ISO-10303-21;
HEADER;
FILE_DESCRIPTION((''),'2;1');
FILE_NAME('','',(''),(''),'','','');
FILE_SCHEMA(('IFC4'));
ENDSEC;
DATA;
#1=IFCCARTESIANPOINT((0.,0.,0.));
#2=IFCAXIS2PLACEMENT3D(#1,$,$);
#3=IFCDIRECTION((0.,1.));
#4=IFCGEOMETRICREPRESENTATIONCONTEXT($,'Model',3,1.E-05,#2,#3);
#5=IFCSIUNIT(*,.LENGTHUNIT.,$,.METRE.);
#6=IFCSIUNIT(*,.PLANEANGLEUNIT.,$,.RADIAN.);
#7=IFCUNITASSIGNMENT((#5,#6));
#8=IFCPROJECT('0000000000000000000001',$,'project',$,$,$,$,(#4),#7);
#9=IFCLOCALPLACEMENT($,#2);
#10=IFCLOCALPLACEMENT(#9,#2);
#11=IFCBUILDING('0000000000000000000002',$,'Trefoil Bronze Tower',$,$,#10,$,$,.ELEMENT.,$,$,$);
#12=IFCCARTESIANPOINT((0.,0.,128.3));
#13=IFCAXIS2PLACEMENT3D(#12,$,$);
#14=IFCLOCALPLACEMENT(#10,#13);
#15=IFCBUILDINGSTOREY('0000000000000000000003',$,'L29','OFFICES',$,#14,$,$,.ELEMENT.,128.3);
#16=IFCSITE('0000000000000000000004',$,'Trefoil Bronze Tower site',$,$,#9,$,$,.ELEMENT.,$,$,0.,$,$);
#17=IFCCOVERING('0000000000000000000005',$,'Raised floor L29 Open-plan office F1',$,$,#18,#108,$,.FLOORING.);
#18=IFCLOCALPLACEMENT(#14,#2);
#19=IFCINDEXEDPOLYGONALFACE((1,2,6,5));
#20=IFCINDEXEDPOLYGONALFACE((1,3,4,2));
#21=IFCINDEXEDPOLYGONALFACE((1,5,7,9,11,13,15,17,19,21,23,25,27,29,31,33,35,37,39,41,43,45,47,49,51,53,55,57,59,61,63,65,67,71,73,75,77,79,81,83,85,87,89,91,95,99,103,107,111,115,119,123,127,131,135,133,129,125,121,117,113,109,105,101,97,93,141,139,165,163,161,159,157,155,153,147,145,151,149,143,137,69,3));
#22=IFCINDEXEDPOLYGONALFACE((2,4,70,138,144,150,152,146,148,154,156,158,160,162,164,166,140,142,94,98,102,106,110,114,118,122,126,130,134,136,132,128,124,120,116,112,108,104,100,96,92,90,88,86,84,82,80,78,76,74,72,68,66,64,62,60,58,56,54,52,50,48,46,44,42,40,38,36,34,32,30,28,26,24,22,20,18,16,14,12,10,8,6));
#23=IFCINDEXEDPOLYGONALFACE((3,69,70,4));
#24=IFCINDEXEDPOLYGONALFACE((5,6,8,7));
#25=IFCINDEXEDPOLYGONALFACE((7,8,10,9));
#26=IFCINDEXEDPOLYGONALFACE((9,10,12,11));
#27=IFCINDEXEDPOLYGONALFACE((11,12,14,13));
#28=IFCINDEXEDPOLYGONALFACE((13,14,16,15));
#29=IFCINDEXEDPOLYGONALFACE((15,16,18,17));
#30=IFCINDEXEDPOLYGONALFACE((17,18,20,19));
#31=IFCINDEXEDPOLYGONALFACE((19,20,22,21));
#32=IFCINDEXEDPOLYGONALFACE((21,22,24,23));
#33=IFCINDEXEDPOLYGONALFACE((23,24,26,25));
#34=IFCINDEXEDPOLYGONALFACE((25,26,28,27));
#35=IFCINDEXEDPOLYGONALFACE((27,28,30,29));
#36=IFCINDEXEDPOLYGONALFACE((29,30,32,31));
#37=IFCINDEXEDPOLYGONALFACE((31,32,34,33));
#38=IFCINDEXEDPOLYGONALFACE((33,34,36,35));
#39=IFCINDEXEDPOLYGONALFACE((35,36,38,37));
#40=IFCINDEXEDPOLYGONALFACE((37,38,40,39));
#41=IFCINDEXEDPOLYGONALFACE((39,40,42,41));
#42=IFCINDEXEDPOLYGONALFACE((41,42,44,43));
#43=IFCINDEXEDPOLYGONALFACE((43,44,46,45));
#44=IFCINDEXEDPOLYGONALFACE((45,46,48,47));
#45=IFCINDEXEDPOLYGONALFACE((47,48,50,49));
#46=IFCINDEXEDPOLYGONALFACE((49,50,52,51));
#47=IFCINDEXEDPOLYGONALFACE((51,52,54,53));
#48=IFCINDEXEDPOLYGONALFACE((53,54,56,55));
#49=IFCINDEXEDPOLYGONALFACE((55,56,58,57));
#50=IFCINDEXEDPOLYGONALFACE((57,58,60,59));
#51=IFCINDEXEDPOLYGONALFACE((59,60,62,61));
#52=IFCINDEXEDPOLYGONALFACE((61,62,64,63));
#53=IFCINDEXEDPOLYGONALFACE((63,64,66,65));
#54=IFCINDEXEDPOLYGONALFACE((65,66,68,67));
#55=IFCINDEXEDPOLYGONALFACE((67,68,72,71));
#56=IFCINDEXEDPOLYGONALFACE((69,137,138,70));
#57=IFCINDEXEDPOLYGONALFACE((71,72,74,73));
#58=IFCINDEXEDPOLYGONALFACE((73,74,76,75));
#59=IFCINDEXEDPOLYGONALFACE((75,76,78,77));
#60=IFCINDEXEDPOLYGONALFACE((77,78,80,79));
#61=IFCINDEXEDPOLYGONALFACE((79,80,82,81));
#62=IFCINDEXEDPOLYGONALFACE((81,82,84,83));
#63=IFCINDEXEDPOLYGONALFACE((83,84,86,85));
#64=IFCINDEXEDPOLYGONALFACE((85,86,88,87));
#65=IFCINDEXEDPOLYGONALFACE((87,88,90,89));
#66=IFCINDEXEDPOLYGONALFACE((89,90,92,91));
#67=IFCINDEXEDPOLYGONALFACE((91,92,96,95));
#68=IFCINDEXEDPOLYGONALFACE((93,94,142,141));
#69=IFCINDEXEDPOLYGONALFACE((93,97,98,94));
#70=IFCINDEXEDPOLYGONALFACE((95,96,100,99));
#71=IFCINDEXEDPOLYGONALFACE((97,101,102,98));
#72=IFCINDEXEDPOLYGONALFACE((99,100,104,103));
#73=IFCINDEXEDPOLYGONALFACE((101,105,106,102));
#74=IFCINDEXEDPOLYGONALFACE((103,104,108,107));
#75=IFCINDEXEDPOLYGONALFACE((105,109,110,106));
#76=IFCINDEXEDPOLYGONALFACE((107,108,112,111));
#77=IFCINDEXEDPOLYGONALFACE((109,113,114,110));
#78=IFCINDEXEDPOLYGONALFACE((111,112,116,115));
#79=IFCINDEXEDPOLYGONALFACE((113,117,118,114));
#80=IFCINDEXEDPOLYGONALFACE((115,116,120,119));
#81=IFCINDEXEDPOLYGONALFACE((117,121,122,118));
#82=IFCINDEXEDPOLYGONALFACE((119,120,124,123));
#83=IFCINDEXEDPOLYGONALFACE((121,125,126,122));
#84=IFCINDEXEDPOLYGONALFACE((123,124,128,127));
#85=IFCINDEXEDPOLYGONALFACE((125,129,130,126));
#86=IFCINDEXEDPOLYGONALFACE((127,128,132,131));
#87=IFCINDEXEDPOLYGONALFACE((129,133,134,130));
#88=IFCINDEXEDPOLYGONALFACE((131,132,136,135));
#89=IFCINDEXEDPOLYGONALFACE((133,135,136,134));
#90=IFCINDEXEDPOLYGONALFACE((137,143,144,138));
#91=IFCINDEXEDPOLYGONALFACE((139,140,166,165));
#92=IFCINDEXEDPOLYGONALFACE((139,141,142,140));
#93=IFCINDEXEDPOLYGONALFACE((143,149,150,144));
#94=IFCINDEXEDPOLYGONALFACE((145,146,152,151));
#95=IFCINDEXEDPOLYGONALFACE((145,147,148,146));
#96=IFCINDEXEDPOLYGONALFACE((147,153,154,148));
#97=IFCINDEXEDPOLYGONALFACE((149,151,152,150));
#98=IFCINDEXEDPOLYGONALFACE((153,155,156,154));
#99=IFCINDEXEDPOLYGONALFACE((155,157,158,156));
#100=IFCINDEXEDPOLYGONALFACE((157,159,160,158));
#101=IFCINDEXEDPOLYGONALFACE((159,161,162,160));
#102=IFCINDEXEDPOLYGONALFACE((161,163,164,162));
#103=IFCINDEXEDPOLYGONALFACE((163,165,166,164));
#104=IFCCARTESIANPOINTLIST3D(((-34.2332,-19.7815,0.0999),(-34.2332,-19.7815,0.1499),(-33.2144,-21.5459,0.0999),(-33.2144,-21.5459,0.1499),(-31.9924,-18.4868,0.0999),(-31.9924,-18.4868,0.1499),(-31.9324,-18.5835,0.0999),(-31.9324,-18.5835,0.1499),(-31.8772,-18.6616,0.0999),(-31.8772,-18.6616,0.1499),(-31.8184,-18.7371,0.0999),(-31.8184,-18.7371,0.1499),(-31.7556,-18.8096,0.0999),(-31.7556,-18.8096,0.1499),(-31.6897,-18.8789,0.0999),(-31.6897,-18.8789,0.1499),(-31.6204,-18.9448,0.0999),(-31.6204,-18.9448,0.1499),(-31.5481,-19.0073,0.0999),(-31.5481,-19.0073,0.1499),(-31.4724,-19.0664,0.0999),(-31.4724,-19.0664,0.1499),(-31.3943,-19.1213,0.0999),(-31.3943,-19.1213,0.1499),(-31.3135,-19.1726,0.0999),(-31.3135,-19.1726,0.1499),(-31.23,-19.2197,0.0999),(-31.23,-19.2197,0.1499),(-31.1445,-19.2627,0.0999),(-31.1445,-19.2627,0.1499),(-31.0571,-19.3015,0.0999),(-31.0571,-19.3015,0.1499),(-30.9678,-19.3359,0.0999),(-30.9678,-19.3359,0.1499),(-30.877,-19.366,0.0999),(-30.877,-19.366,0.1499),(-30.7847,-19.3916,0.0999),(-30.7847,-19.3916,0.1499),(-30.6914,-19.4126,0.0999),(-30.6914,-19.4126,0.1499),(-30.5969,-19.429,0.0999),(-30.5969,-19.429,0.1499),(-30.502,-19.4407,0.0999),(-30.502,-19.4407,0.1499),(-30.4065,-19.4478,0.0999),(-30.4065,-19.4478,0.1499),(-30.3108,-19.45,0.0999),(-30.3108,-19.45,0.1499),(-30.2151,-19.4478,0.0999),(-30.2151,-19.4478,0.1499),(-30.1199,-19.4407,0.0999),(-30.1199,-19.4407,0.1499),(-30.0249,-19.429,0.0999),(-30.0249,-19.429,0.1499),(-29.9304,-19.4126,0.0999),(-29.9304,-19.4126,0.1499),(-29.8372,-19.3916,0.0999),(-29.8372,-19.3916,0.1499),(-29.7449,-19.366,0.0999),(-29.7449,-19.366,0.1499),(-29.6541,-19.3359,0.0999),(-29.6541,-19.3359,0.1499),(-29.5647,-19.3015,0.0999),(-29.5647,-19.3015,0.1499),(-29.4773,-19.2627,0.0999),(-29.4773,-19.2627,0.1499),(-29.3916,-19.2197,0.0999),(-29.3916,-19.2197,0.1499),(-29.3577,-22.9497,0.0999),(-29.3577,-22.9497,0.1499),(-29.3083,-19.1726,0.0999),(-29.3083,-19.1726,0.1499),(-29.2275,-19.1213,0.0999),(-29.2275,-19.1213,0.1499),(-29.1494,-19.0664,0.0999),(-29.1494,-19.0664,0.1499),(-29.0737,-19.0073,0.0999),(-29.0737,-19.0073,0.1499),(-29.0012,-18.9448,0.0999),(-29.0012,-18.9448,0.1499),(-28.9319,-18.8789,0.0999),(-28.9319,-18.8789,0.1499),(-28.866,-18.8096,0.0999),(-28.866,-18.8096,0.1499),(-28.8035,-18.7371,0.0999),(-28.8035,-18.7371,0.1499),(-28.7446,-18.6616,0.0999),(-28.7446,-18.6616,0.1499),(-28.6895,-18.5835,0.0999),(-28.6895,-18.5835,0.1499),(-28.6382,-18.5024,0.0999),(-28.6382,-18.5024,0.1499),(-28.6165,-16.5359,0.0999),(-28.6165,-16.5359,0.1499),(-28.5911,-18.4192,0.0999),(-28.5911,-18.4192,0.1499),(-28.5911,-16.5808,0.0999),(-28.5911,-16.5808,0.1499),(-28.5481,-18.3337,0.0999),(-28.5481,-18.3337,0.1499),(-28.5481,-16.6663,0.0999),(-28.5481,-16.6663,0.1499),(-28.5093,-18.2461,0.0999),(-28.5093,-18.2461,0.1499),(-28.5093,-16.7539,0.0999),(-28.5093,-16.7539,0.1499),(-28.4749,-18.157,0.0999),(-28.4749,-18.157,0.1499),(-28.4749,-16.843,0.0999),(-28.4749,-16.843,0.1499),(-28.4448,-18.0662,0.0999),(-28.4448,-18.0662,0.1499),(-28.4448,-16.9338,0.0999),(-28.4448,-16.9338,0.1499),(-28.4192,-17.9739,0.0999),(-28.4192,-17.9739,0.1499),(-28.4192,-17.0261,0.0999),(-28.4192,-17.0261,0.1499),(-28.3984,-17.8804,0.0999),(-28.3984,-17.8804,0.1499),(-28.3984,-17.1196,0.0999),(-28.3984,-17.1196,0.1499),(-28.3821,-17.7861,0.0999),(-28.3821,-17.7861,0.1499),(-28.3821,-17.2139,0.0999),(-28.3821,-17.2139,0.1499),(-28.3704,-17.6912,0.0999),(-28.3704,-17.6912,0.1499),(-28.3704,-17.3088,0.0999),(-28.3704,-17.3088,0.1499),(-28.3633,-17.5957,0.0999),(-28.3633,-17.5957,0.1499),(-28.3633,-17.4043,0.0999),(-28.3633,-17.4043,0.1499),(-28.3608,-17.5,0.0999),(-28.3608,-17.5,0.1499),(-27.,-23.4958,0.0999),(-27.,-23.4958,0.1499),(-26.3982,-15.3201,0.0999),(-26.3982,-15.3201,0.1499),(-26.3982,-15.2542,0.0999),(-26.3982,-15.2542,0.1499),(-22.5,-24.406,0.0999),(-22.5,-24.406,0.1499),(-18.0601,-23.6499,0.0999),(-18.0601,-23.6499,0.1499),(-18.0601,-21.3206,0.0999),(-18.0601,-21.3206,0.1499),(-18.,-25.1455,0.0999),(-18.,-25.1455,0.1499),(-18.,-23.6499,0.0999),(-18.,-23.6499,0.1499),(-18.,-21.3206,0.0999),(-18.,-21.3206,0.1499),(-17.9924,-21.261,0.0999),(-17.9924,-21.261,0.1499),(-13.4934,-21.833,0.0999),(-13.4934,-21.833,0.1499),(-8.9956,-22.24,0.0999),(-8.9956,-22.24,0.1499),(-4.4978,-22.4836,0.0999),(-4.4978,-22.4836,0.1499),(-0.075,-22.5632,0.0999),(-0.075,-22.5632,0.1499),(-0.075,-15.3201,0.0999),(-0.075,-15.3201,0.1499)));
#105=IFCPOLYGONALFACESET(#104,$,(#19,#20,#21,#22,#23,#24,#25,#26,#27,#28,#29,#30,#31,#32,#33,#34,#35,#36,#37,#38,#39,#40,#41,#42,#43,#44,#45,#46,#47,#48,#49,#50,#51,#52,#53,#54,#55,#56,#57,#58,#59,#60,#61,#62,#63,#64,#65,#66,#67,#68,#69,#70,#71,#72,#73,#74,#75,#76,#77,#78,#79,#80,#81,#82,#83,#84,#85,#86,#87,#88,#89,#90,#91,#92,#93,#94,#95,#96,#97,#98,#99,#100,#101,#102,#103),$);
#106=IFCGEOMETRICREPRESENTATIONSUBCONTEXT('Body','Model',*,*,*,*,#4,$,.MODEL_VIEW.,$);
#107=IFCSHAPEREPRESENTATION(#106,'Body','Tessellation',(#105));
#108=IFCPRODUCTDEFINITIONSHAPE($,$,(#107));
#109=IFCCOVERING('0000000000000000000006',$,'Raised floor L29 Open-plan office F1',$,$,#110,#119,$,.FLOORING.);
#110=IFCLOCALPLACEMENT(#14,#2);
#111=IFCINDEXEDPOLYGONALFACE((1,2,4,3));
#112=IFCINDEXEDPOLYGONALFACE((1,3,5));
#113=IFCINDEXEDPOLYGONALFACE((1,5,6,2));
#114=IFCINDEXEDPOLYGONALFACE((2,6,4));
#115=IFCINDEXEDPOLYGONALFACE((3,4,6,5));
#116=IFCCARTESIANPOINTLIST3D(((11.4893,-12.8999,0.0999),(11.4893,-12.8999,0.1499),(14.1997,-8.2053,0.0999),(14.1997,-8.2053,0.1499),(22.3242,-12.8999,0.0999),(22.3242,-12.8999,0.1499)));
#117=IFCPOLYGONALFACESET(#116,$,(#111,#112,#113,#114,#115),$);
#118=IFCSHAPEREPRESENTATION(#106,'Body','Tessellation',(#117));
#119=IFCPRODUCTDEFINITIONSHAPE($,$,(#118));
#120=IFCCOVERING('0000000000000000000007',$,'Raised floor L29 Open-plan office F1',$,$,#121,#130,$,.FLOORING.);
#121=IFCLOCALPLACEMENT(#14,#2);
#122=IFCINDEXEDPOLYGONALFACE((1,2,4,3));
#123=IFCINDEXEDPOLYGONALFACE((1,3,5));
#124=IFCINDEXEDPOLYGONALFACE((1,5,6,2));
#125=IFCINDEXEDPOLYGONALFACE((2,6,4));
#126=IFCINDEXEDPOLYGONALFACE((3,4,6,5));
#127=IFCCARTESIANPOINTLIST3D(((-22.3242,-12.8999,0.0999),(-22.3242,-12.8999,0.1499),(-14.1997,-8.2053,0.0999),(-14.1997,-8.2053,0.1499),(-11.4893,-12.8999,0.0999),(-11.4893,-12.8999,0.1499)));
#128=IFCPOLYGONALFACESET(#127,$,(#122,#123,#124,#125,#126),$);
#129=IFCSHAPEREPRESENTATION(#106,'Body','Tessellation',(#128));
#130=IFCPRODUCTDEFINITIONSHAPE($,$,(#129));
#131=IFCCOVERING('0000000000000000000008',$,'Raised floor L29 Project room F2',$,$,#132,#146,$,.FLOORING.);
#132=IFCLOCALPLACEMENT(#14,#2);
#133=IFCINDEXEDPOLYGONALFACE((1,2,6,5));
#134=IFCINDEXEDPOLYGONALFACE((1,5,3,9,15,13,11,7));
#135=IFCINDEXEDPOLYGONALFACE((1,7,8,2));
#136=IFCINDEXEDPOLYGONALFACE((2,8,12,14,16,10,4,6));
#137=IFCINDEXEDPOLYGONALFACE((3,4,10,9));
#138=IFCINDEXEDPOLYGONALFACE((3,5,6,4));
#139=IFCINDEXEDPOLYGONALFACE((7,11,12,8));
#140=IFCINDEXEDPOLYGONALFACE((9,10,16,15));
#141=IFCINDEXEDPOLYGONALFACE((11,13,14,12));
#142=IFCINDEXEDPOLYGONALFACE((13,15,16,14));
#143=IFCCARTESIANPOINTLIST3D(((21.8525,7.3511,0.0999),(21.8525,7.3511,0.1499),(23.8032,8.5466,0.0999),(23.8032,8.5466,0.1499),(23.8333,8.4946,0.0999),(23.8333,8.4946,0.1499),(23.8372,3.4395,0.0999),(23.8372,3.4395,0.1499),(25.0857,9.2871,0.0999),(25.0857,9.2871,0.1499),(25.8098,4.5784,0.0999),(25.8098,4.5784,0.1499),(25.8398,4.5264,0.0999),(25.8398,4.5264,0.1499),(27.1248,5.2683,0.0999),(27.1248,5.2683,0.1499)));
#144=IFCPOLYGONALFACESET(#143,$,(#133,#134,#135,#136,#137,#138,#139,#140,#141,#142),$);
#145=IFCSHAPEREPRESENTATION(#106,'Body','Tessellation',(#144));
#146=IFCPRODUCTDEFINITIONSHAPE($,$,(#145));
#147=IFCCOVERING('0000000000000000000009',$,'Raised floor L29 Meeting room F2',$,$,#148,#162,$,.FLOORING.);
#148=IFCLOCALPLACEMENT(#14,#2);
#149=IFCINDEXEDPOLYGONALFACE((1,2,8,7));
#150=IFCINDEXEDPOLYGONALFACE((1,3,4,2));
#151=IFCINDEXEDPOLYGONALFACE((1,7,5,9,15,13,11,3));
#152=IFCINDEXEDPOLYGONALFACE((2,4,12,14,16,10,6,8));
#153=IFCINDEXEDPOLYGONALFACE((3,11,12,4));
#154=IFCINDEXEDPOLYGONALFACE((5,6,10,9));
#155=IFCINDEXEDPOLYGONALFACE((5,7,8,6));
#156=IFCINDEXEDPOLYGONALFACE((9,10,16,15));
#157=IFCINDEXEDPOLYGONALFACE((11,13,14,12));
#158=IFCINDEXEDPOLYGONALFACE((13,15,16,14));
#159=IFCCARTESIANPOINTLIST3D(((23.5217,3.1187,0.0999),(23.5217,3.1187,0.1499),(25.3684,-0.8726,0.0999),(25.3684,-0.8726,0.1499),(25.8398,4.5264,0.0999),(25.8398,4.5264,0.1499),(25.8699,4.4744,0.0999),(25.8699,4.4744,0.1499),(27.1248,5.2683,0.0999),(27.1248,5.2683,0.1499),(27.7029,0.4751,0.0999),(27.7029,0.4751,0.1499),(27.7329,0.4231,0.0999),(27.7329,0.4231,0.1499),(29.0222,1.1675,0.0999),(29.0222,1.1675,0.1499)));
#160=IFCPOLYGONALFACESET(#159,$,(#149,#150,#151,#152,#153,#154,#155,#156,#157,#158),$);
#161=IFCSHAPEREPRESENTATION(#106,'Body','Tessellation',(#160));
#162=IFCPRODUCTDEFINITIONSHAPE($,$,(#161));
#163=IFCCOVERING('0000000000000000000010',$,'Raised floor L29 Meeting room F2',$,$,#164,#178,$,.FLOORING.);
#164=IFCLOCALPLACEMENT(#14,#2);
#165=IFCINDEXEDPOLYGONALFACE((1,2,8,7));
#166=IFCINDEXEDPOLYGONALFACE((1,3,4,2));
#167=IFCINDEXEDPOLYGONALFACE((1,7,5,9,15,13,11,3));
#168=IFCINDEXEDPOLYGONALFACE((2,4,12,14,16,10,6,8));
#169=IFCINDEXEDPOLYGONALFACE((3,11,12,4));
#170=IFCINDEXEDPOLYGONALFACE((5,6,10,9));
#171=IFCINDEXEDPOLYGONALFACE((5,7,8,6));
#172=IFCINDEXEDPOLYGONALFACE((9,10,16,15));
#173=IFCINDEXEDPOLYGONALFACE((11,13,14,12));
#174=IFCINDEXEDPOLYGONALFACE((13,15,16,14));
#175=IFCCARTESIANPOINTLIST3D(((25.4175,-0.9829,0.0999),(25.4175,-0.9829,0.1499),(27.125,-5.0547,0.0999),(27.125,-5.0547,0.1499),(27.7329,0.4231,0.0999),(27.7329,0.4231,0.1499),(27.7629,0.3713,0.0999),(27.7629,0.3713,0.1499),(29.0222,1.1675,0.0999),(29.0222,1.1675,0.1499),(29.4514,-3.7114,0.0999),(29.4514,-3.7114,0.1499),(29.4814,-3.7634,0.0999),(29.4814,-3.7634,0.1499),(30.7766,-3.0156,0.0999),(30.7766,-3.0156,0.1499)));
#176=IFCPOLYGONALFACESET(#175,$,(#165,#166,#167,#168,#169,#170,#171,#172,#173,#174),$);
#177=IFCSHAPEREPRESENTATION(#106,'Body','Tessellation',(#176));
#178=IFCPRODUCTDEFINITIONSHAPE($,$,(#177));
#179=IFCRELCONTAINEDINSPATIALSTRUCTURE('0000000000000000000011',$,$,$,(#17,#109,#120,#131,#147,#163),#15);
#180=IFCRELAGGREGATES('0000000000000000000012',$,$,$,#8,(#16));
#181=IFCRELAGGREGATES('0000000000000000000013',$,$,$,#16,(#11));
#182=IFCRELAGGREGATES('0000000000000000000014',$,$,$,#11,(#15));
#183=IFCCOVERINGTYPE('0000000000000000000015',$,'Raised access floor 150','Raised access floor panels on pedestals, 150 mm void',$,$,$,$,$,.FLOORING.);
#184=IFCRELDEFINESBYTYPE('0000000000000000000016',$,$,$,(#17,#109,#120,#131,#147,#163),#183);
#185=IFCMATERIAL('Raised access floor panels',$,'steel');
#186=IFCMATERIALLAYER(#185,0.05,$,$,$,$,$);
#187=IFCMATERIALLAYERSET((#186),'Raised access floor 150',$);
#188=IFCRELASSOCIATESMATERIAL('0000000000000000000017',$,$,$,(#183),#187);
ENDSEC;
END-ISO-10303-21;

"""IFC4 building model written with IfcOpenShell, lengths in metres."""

from ifc_helpers import new_model, si_unit, direction, frame, origin, place, context, subcontext, project, spatial, polyline, outline, extrude, material, layer, layer_set, type_object, element, save


model = new_model("IFC4")

# Units and contexts
model_context = context("Model", 3, precision=1e-05, world=origin(), true_north=direction((0.0, 1.0)))
body_context = subcontext(model_context, "Body", "Model", "MODEL_VIEW")
ifc_project = project(units=[si_unit("LENGTHUNIT", "METRE"), si_unit("PLANEANGLEUNIT", "RADIAN")], contexts=[model_context])

# Site, building, storey
site_placement = place(None, origin())
site = spatial("IfcSite", under=ifc_project, at=site_placement, Name="Trefoil Bronze Tower site", CompositionType="ELEMENT", RefElevation=0.0)
building_placement = place(site_placement, origin())
building = spatial("IfcBuilding", under=site, at=building_placement, Name="Trefoil Bronze Tower", CompositionType="ELEMENT")
storey_placement = place(building_placement, frame((0.0, 0.0, 128.3)))
storey = spatial("IfcBuildingStorey", under=building, at=storey_placement, Name="L29", Description="OFFICES", CompositionType="ELEMENT", Elevation=128.3)

# Coverings
ifc_material_1 = material(Name="Raised access floor panels", Category="steel")
ifc_layer_1 = layer(ifc_material_1, 0.05)
ifc_layer_set_1 = layer_set([ifc_layer_1], Name="Raised access floor 150")
covering_type_1 = type_object("IfcCoveringType", Name="Raised access floor 150", Description="Raised access floor panels on pedestals, 150 mm void", PredefinedType="FLOORING", material=ifc_layer_set_1)
covering_1_placement = place(storey_placement, frame((0.0, 0.0, 0.0999)))
element("IfcCovering", 1, at=covering_1_placement, inside=storey, type_object=covering_type_1, Name="Raised floor L29 Open-plan office F1", PredefinedType="FLOORING", context=body_context, shape_type="SweptSolid", body=[
    extrude(outline(polyline([(-28.5093, -16.7539), (-28.5481, -16.6663), (-28.5911, -16.5808), (-28.6165, -16.5359), (-26.3982, -15.2542), (-26.3982, -15.3201), (-0.075, -15.3201), (-0.075, -22.5632), (-4.4978, -22.4836), (-8.9956, -22.24), (-13.4934, -21.833), (-17.9924, -21.261), (-18.0, -21.3206), (-18.0601, -21.3206), (-18.0601, -23.6499), (-18.0, -23.6499), (-18.0, -25.1455), (-22.5, -24.406), (-27.0, -23.4958), (-29.3577, -22.9497), (-33.2144, -21.5459), (-34.2332, -19.7815), (-31.9924, -18.4868), (-31.9324, -18.5835), (-31.8772, -18.6616), (-31.8184, -18.7371), (-31.7556, -18.8096), (-31.6897, -18.8789), (-31.6204, -18.9448), (-31.5481, -19.0073), (-31.4724, -19.0664), (-31.3943, -19.1213), (-31.3135, -19.1726), (-31.23, -19.2197), (-31.1445, -19.2627), (-31.0571, -19.3015), (-30.9678, -19.3359), (-30.877, -19.366), (-30.7847, -19.3916), (-30.6914, -19.4126), (-30.5969, -19.429), (-30.502, -19.4407), (-30.4065, -19.4478), (-30.3108, -19.45), (-30.2151, -19.4478), (-30.1199, -19.4407), (-30.0249, -19.429), (-29.9304, -19.4126), (-29.8372, -19.3916), (-29.7449, -19.366), (-29.6541, -19.3359), (-29.5647, -19.3015), (-29.4773, -19.2627), (-29.3916, -19.2197), (-29.3083, -19.1726), (-29.2275, -19.1213), (-29.1494, -19.0664), (-29.0737, -19.0073), (-29.0012, -18.9448), (-28.9319, -18.8789), (-28.866, -18.8096), (-28.8035, -18.7371), (-28.7446, -18.6616), (-28.6895, -18.5835), (-28.6382, -18.5024), (-28.5911, -18.4192), (-28.5481, -18.3337), (-28.5093, -18.2461), (-28.4749, -18.157), (-28.4448, -18.0662), (-28.4192, -17.9739), (-28.3984, -17.8804), (-28.3821, -17.7861), (-28.3704, -17.6912), (-28.3633, -17.5957), (-28.3608, -17.5), (-28.3633, -17.4043), (-28.3704, -17.3088), (-28.3821, -17.2139), (-28.3984, -17.1196), (-28.4192, -17.0261), (-28.4448, -16.9338), (-28.4749, -16.843), (-28.5093, -16.7539)])), origin(), (0.0, 0.0, 1.0), 0.05),
])
covering_2_placement = place(storey_placement, frame((0.0, 0.0, 0.0999)))
element("IfcCovering", 2, at=covering_2_placement, inside=storey, type_object=covering_type_1, Name="Raised floor L29 Open-plan office F1", PredefinedType="FLOORING", context=body_context, shape_type="SweptSolid", body=[
    extrude(outline(polyline([(11.4893, -12.8999), (14.1997, -8.2053), (22.3242, -12.8999), (11.4893, -12.8999)])), origin(), (0.0, 0.0, 1.0), 0.05),
])
covering_3_placement = place(storey_placement, frame((0.0, 0.0, 0.0999)))
element("IfcCovering", 3, at=covering_3_placement, inside=storey, type_object=covering_type_1, Name="Raised floor L29 Open-plan office F1", PredefinedType="FLOORING", context=body_context, shape_type="SweptSolid", body=[
    extrude(outline(polyline([(-22.3242, -12.8999), (-14.1997, -8.2053), (-11.4893, -12.8999), (-22.3242, -12.8999)])), origin(), (0.0, 0.0, 1.0), 0.05),
])
covering_4_placement = place(storey_placement, frame((0.0, 0.0, 0.0999)))
element("IfcCovering", 4, at=covering_4_placement, inside=storey, type_object=covering_type_1, Name="Raised floor L29 Project room F2", PredefinedType="FLOORING", context=body_context, shape_type="SweptSolid", body=[
    extrude(outline(polyline([(25.0857, 9.2871), (27.1248, 5.2683), (25.8398, 4.5264), (25.8098, 4.5784), (23.8372, 3.4395), (21.8525, 7.3511), (23.8333, 8.4946), (23.8032, 8.5466), (25.0857, 9.2871)])), origin(), (0.0, 0.0, 1.0), 0.05),
])
covering_5_placement = place(storey_placement, frame((0.0, 0.0, 0.0999)))
element("IfcCovering", 5, at=covering_5_placement, inside=storey, type_object=covering_type_1, Name="Raised floor L29 Meeting room F2", PredefinedType="FLOORING", context=body_context, shape_type="SweptSolid", body=[
    extrude(outline(polyline([(27.1248, 5.2683), (29.0222, 1.1675), (27.7329, 0.4231), (27.7029, 0.4751), (25.3684, -0.8726), (23.5217, 3.1187), (25.8699, 4.4744), (25.8398, 4.5264), (27.1248, 5.2683)])), origin(), (0.0, 0.0, 1.0), 0.05),
])
covering_6_placement = place(storey_placement, frame((0.0, 0.0, 0.0999)))
element("IfcCovering", 6, at=covering_6_placement, inside=storey, type_object=covering_type_1, Name="Raised floor L29 Meeting room F2", PredefinedType="FLOORING", context=body_context, shape_type="SweptSolid", body=[
    extrude(outline(polyline([(29.0222, 1.1675), (30.7766, -3.0156), (29.4814, -3.7634), (29.4514, -3.7114), (27.125, -5.0547), (25.4175, -0.9829), (27.7629, 0.3713), (27.7329, 0.4231), (29.0222, 1.1675)])), origin(), (0.0, 0.0, 1.0), 0.05),
])

save(model, "model.ifc")
